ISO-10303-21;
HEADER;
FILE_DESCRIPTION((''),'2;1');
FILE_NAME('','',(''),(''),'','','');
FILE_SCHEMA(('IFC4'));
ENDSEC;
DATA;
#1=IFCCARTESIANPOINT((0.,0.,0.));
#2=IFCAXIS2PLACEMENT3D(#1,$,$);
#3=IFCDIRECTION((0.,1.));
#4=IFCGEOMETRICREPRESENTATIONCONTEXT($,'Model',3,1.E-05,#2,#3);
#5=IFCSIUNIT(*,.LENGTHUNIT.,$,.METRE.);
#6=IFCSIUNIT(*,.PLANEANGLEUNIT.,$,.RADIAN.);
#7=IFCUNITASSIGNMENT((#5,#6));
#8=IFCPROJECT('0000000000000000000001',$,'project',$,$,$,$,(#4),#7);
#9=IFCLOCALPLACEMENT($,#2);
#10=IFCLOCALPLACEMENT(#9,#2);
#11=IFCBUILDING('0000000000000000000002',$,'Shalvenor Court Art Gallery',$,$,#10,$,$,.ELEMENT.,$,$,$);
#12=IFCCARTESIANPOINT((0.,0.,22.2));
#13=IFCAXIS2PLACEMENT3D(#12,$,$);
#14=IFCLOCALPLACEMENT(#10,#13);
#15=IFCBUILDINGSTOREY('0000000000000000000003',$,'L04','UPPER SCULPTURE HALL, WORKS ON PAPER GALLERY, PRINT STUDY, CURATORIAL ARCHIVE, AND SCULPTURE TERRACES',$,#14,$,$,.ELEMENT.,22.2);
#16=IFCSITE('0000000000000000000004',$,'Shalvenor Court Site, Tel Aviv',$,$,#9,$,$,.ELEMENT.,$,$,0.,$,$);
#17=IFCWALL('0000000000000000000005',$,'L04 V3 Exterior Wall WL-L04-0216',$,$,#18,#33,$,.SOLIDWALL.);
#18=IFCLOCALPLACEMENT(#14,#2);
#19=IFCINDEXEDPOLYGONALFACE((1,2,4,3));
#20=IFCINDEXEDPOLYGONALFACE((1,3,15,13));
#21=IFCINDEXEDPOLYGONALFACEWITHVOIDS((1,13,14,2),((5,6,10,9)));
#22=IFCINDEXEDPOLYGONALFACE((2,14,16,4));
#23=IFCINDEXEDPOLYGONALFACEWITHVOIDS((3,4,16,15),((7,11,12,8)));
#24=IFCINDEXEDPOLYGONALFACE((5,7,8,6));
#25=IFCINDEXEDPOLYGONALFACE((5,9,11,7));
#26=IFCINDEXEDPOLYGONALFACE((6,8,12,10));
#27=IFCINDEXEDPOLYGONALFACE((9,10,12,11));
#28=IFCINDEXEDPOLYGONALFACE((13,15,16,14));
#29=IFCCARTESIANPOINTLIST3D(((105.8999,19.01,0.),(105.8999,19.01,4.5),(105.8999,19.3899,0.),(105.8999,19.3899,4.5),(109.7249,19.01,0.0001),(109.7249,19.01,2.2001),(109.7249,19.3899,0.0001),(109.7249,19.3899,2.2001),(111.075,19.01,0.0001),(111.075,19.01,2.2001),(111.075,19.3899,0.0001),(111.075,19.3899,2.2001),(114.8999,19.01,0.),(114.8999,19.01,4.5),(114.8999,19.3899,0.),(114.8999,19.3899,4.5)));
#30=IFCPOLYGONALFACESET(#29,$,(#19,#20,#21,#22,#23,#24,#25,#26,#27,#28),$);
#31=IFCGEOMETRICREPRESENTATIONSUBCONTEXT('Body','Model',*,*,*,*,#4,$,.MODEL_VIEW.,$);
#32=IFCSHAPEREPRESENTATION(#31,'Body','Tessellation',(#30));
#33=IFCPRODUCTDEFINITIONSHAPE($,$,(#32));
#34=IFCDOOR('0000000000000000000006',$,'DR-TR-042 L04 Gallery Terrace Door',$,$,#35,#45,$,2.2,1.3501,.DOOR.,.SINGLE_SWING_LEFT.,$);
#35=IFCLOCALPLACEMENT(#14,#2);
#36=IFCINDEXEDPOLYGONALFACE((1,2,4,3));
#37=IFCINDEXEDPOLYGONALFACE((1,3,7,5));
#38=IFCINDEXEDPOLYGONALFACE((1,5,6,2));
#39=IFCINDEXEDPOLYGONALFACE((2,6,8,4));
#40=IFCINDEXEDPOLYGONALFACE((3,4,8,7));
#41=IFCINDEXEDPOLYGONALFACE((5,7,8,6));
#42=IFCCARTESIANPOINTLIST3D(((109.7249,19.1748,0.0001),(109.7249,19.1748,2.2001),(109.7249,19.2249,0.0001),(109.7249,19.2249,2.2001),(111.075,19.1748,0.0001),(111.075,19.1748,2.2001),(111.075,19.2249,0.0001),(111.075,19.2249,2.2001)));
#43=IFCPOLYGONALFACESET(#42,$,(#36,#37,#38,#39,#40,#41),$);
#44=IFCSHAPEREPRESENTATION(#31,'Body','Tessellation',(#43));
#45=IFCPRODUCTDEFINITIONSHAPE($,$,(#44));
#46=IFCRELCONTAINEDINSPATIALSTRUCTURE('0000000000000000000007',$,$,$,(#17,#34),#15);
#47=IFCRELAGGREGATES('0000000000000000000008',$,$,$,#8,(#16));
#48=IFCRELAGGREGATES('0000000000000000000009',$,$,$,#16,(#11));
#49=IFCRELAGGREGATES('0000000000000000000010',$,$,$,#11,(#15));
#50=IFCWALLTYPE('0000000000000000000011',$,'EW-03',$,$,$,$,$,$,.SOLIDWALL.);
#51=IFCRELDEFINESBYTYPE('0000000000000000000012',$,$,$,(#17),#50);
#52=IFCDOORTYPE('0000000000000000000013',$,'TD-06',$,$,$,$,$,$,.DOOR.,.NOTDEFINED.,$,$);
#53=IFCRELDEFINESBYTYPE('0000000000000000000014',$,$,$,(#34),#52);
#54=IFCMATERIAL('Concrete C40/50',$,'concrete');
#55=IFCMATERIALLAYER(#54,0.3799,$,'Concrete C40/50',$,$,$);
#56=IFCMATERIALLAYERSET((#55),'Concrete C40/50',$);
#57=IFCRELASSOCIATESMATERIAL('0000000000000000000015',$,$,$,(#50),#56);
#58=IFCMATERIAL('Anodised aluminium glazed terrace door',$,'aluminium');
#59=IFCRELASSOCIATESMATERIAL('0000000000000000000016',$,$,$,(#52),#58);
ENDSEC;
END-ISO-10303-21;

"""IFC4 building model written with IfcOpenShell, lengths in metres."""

from ifc_helpers import new_model, si_unit, direction, frame, frame_2d, origin, place, context, subcontext, project, spatial, rectangle, extrude, material, layer, layer_set, type_object, element, fill, save


model = new_model("IFC4")

# Units and contexts
model_context = context("Model", 3, precision=1e-05, world=origin(), true_north=direction((0.0, 1.0)))
body_context = subcontext(model_context, "Body", "Model", "MODEL_VIEW")
ifc_project = project(units=[si_unit("LENGTHUNIT", "METRE"), si_unit("PLANEANGLEUNIT", "RADIAN")], contexts=[model_context])

# Site, building, storey
site_placement = place(None, origin())
site = spatial("IfcSite", under=ifc_project, at=site_placement, Name="Shalvenor Court Site, Tel Aviv", CompositionType="ELEMENT", RefElevation=0.0)
building_placement = place(site_placement, origin())
building = spatial("IfcBuilding", under=site, at=building_placement, Name="Shalvenor Court Art Gallery", CompositionType="ELEMENT")
storey_placement = place(building_placement, frame((0.0, 0.0, 22.2)))
storey = spatial("IfcBuildingStorey", under=building, at=storey_placement, Name="L04", Description="UPPER SCULPTURE HALL, WORKS ON PAPER GALLERY, PRINT STUDY, CURATORIAL ARCHIVE, AND SCULPTURE TERRACES", CompositionType="ELEMENT", Elevation=22.2)

# Wall, opening, door
ifc_material_1 = material(Name="Concrete C40/50", Category="concrete")
ifc_layer_1 = layer(ifc_material_1, 0.3799, Name="Concrete C40/50")
ifc_layer_set_1 = layer_set([ifc_layer_1], Name="Concrete C40/50")
wall_type = type_object("IfcWallType", Name="EW-03", PredefinedType="SOLIDWALL", material=ifc_layer_set_1)
wall_placement = place(storey_placement, frame((105.8999, 19.2, 0.0), z_axis=(0.0, 0.0, 1.0), x_axis=(1.0, 0.0, 0.0)))
wall = element("IfcWall", 1, at=wall_placement, inside=storey, type_object=wall_type, Name="L04 V3 Exterior Wall WL-L04-0216", PredefinedType="SOLIDWALL", context=body_context, shape_type="SweptSolid", body=[
    extrude(rectangle(XDim=9.0, YDim=0.3799, at=frame_2d((4.5, 0.0))), origin(), (0.0, 0.0, 1.0), 4.5),
])
opening_placement = place(wall_placement, frame((3.825, 0.0, 0.0)))
opening = element("IfcOpeningElement", 2, at=opening_placement, cuts=wall, PredefinedType="OPENING", context=body_context, shape_type="SweptSolid", body=[
    extrude(rectangle(XDim=1.3501, YDim=2.2, at=frame_2d((0.675, 1.1001))), frame((0.0, 0.2, 0.0), z_axis=(0.0, -1.0, 0.0), x_axis=(1.0, 0.0, 0.0)), (0.0, 0.0, 1.0), 0.3999),
])
ifc_material_2 = material(Name="Anodised aluminium glazed terrace door", Category="aluminium")
door_type = type_object("IfcDoorType", Name="TD-06", OperationType="NOTDEFINED", PredefinedType="DOOR", material=ifc_material_2)
door_placement = place(opening_placement, origin())
door = element("IfcDoor", 3, at=door_placement, inside=storey, type_object=door_type, Name="DR-TR-042 L04 Gallery Terrace Door", OperationType="SINGLE_SWING_LEFT", OverallHeight=2.2, OverallWidth=1.3501, PredefinedType="DOOR", context=body_context, shape_type="SweptSolid", body=[
    extrude(rectangle(XDim=1.3501, YDim=2.2, at=frame_2d((0.675, 1.1001))), frame((0.0, 0.0249, 0.0), z_axis=(0.0, -1.0, 0.0), x_axis=(1.0, 0.0, 0.0)), (0.0, 0.0, 1.0), 0.05),
])
fill(opening, door)

save(model, "model.ifc")
